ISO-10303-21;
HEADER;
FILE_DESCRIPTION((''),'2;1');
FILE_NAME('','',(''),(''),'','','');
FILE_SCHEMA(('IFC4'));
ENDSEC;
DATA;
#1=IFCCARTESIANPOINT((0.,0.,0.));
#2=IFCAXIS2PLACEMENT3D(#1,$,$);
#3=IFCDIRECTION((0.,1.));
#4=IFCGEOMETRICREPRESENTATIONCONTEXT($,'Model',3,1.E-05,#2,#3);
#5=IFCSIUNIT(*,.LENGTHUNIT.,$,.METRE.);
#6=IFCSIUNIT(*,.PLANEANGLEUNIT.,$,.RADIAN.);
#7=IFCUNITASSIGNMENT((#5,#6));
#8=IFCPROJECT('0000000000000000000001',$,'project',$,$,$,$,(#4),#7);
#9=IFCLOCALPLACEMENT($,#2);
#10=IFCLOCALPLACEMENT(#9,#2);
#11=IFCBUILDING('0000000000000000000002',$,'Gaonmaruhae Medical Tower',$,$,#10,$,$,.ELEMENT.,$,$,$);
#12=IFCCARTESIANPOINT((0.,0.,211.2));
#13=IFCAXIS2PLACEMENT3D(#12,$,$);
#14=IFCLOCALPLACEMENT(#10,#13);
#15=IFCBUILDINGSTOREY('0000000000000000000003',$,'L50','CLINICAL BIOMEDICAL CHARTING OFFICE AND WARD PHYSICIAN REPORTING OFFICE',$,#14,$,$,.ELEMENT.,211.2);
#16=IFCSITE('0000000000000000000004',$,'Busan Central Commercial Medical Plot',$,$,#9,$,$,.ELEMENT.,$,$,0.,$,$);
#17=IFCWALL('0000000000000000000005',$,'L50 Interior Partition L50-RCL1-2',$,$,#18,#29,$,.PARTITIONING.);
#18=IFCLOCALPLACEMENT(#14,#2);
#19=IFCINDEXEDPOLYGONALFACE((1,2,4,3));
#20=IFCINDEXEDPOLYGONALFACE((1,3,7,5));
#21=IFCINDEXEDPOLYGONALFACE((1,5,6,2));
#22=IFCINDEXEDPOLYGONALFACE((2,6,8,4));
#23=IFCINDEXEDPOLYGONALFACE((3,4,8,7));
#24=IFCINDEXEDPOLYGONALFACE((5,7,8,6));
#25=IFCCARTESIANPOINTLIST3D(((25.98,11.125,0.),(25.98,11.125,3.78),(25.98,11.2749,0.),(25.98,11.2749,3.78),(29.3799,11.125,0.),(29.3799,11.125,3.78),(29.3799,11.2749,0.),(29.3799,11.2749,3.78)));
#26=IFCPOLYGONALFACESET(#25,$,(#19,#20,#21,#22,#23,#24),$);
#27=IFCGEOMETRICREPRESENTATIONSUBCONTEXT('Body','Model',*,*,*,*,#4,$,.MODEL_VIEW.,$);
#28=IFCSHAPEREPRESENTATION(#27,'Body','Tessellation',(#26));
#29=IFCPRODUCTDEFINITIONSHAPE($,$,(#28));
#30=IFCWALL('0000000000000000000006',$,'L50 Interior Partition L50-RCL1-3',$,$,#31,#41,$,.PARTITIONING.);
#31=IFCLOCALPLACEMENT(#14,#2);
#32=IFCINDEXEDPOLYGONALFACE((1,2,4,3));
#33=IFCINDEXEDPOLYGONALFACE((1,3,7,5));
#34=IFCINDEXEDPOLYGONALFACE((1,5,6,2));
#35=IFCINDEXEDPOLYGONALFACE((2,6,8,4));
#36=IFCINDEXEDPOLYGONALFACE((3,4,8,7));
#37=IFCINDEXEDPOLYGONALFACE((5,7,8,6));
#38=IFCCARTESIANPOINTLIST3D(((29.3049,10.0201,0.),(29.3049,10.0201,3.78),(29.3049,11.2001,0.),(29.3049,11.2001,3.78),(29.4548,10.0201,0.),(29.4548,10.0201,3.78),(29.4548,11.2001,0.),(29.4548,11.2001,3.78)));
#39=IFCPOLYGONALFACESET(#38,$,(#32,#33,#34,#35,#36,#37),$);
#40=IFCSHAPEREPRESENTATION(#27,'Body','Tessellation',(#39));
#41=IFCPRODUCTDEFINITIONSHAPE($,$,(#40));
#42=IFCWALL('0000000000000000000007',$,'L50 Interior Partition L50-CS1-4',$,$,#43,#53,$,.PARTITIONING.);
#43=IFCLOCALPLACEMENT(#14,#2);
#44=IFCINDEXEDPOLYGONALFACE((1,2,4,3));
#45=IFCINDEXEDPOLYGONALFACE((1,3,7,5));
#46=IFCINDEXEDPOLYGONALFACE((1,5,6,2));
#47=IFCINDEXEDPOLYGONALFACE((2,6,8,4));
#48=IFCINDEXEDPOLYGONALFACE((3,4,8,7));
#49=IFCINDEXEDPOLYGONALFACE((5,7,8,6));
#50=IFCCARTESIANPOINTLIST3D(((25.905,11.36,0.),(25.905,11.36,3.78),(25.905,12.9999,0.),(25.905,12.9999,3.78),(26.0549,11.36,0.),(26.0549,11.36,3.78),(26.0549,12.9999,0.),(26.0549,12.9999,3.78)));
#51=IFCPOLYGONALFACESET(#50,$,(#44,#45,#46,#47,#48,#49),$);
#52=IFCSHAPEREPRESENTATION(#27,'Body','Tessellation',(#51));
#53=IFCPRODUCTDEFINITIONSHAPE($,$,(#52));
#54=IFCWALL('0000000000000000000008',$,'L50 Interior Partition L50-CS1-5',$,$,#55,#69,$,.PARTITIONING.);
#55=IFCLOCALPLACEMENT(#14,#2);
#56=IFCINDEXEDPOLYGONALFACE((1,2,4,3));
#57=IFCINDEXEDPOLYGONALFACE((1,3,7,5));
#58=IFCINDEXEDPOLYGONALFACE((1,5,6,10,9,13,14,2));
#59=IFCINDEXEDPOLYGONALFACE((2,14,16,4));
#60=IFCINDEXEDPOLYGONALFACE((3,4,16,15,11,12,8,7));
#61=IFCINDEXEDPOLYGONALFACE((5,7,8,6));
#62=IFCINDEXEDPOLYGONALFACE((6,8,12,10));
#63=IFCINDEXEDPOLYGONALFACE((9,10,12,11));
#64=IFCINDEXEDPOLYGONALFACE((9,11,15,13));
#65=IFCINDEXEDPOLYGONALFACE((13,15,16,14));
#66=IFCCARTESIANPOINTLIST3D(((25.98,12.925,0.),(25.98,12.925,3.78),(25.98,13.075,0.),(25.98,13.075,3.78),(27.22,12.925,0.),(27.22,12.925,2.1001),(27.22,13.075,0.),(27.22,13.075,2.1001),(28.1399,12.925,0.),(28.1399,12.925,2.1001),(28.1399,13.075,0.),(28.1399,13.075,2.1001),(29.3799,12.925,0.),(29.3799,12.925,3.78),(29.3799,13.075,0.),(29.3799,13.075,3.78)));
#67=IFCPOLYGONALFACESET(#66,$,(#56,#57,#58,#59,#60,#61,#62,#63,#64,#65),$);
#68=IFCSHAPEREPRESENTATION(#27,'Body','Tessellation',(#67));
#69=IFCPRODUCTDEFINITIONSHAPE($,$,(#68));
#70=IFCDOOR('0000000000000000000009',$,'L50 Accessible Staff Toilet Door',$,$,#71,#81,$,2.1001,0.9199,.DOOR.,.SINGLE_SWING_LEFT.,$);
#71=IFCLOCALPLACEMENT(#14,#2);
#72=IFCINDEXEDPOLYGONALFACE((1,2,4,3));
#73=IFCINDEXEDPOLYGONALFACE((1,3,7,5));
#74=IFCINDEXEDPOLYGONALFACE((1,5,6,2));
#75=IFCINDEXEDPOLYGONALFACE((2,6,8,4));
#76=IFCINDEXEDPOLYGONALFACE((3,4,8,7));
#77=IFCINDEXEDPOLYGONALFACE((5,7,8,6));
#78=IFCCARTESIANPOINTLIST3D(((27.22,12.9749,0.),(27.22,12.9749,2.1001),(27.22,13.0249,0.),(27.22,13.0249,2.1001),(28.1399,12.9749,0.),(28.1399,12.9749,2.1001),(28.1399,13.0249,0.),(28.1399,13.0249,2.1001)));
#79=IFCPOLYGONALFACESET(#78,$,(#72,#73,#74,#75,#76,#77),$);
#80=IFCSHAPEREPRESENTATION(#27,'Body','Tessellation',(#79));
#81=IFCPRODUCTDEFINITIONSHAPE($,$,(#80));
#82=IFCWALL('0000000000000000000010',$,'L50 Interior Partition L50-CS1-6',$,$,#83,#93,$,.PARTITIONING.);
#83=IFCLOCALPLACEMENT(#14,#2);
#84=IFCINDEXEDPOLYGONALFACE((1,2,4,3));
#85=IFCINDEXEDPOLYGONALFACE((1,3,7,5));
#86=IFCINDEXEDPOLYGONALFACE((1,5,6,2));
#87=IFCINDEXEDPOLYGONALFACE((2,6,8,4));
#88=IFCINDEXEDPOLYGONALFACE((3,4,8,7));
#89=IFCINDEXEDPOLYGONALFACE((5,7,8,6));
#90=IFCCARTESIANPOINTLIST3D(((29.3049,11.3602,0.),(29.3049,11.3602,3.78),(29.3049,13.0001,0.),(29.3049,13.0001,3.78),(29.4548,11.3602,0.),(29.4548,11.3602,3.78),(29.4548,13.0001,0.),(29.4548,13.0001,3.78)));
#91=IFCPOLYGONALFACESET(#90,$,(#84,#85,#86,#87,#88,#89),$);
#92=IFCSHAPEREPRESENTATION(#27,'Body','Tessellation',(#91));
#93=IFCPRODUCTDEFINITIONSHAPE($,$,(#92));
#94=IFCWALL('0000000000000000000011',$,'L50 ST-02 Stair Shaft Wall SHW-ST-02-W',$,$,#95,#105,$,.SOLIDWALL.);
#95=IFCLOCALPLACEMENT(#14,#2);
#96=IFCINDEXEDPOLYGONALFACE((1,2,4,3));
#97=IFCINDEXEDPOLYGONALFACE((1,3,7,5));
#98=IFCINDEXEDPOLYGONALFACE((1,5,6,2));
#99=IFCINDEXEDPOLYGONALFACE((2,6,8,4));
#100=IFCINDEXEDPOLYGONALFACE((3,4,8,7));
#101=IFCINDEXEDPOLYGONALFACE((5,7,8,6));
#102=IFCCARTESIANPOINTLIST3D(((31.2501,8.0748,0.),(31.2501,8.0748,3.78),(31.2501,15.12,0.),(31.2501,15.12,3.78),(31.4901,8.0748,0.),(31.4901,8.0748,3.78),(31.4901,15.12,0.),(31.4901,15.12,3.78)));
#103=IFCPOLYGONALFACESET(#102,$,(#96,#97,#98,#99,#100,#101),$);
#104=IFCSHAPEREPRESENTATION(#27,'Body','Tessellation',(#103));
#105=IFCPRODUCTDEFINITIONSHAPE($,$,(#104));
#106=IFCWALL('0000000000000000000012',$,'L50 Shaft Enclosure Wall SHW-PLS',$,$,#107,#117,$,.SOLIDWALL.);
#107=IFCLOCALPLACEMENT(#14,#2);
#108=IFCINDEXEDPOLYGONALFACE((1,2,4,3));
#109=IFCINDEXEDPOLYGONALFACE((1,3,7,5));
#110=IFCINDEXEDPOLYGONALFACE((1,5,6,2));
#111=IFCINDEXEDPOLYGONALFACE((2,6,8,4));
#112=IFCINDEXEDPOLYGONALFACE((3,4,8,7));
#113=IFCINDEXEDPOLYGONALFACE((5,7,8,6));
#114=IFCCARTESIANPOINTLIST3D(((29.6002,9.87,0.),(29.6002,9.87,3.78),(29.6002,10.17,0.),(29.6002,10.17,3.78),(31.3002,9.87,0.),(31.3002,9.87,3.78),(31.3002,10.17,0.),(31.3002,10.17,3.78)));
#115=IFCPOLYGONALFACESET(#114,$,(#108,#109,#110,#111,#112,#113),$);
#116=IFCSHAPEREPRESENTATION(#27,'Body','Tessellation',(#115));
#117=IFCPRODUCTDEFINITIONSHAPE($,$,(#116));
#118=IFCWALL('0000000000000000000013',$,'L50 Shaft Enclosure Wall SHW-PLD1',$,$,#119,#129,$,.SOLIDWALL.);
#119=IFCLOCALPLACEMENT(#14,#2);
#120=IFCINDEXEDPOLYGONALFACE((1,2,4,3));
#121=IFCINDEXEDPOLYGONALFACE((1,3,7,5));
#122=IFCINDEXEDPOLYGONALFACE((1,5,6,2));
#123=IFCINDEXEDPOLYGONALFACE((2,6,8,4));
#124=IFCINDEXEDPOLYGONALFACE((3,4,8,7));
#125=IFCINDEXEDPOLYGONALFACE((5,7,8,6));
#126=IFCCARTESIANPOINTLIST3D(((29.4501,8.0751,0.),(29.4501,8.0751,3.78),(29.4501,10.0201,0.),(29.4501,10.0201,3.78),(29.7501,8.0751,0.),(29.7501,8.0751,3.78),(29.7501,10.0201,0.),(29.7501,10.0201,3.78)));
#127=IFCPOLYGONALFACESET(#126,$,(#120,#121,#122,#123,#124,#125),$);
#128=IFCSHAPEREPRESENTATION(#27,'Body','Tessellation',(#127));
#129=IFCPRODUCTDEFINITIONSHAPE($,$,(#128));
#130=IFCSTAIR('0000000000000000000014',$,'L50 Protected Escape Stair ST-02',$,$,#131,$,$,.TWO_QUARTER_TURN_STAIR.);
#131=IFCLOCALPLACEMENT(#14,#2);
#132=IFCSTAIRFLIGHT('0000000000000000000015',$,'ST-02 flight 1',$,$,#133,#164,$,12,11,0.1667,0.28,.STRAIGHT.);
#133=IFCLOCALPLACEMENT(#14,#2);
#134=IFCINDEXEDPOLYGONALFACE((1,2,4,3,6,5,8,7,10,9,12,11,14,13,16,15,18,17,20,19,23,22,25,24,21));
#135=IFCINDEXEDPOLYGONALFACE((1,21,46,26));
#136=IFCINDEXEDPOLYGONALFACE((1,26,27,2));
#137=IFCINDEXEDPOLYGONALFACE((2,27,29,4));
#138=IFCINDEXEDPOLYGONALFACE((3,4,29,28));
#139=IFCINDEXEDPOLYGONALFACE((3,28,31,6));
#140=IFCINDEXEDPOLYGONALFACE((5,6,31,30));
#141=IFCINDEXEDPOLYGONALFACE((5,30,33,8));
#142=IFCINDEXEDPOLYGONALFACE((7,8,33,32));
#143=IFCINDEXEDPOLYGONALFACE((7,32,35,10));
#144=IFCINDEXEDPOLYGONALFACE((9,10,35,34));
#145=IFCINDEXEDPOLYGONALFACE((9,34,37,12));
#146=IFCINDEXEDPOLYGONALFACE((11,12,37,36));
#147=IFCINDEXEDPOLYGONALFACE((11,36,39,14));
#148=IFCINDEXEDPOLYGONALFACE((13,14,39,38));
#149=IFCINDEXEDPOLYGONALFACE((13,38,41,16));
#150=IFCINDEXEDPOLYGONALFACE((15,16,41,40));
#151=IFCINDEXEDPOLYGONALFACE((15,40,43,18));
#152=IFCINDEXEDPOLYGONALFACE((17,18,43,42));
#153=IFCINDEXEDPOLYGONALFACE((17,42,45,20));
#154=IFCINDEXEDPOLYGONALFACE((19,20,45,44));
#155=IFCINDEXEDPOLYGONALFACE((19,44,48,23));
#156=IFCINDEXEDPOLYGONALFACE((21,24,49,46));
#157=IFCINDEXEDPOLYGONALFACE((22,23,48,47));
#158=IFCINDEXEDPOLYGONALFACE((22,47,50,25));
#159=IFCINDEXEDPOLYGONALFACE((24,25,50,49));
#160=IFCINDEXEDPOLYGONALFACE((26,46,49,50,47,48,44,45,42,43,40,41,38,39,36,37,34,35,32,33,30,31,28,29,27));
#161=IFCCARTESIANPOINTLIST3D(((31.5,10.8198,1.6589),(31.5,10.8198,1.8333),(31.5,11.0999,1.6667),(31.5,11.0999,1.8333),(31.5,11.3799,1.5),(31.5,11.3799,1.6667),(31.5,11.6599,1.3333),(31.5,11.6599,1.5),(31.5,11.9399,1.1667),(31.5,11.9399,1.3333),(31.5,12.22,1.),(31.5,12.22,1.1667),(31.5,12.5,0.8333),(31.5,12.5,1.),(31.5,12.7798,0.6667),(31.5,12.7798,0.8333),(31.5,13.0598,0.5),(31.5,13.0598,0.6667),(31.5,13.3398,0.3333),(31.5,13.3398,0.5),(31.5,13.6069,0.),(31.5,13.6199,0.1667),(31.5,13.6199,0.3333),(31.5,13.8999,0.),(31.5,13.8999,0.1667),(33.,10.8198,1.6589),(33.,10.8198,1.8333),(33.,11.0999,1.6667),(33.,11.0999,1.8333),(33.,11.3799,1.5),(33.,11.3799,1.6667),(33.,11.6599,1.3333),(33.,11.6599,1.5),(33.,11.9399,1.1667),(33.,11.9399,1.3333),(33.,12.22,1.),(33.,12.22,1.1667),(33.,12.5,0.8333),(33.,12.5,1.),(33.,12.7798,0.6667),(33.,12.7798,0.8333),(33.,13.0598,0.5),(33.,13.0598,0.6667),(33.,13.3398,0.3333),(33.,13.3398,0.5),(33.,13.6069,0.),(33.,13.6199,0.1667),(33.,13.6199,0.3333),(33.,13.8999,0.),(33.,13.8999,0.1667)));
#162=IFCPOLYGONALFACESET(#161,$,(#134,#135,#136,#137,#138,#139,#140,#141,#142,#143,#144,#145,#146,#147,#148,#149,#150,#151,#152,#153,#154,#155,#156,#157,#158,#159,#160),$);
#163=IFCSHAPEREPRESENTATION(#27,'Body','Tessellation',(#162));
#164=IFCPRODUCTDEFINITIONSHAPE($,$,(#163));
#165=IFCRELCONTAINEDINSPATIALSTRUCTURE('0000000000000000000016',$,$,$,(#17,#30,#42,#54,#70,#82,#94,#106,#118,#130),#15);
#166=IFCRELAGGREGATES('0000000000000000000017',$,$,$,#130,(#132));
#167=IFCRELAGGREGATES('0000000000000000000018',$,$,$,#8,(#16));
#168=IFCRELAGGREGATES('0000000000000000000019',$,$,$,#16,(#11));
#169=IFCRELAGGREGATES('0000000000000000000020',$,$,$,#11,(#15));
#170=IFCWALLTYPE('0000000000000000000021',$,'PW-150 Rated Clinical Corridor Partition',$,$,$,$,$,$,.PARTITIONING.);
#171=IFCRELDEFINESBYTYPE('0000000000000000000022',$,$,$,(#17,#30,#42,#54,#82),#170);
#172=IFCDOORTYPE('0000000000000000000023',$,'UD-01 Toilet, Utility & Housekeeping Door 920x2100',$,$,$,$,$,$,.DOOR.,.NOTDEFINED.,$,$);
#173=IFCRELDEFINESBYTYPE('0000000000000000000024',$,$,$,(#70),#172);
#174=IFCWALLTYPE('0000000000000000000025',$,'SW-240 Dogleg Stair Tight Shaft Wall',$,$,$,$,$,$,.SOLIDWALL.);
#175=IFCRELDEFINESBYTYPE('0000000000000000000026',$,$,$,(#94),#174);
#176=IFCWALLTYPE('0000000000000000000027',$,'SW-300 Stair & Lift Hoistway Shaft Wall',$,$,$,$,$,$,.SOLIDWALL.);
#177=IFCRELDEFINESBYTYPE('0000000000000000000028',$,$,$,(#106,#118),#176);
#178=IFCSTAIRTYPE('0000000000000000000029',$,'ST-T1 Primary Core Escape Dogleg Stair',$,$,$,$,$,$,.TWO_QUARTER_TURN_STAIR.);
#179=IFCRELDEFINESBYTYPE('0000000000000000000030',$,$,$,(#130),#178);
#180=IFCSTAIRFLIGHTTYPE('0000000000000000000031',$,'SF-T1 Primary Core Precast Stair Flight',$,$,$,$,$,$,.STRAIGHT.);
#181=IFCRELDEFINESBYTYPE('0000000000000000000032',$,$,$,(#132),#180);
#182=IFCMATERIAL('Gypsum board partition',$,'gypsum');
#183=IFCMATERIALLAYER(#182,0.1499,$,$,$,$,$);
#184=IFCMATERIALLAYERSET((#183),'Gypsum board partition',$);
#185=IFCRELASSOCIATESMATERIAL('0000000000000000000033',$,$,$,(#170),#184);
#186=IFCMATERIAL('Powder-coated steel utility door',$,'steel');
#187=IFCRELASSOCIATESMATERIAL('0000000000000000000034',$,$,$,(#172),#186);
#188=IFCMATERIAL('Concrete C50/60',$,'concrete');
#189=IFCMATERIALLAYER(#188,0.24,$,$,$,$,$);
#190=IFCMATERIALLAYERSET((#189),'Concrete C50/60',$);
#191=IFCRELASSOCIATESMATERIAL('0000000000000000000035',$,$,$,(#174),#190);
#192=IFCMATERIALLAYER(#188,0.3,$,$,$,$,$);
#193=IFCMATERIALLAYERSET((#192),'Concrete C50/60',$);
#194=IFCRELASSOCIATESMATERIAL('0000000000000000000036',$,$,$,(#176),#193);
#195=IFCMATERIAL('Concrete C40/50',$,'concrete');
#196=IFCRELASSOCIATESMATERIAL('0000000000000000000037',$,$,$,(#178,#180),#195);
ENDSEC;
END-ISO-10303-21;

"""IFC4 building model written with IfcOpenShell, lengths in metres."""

from ifc_helpers import new_model, si_unit, direction, frame, frame_2d, origin, place, context, subcontext, project, spatial, polyline, rectangle, outline, extrude, material, layer, layer_set, type_object, element, fill, aggregate, save


model = new_model("IFC4")

# Units and contexts
model_context = context("Model", 3, precision=1e-05, world=origin(), true_north=direction((0.0, 1.0)))
body_context = subcontext(model_context, "Body", "Model", "MODEL_VIEW")
ifc_project = project(units=[si_unit("LENGTHUNIT", "METRE"), si_unit("PLANEANGLEUNIT", "RADIAN")], contexts=[model_context])

# Site, building, storey
site_placement = place(None, origin())
site = spatial("IfcSite", under=ifc_project, at=site_placement, Name="Busan Central Commercial Medical Plot", CompositionType="ELEMENT", RefElevation=0.0)
building_placement = place(site_placement, origin())
building = spatial("IfcBuilding", under=site, at=building_placement, Name="Gaonmaruhae Medical Tower", CompositionType="ELEMENT")
storey_placement = place(building_placement, frame((0.0, 0.0, 211.2)))
storey = spatial("IfcBuildingStorey", under=building, at=storey_placement, Name="L50", Description="CLINICAL BIOMEDICAL CHARTING OFFICE AND WARD PHYSICIAN REPORTING OFFICE", CompositionType="ELEMENT", Elevation=211.2)

# Shared definitions
ifc_material_1 = material(Name="Gypsum board partition", Category="gypsum")
ifc_layer_1 = layer(ifc_material_1, 0.1499)
ifc_layer_set_1 = layer_set([ifc_layer_1], Name="Gypsum board partition")
wall_type_1 = type_object("IfcWallType", Name="PW-150 Rated Clinical Corridor Partition", PredefinedType="PARTITIONING", material=ifc_layer_set_1)

# Walls
wall_1_placement = place(storey_placement, frame((25.98, 11.2, 0.0), z_axis=(0.0, 0.0, 1.0), x_axis=(1.0, 0.0, 0.0)))
element("IfcWall", 1, at=wall_1_placement, inside=storey, type_object=wall_type_1, Name="L50 Interior Partition L50-RCL1-2", PredefinedType="PARTITIONING", context=body_context, shape_type="SweptSolid", body=[
    extrude(rectangle(XDim=3.3999, YDim=0.1499, at=frame_2d((1.7, 0.0))), origin(), (0.0, 0.0, 1.0), 3.78),
])
wall_2_placement = place(storey_placement, frame((29.3799, 11.2, 0.0), z_axis=(0.0, 0.0, 1.0), x_axis=(0.0, -1.0, 0.0)))
element("IfcWall", 2, at=wall_2_placement, inside=storey, type_object=wall_type_1, Name="L50 Interior Partition L50-RCL1-3", PredefinedType="PARTITIONING", context=body_context, shape_type="SweptSolid", body=[
    extrude(rectangle(XDim=1.1799, YDim=0.1499, at=frame_2d((0.5898, 0.0))), origin(), (0.0, 0.0, 1.0), 3.78),
])
wall_3_placement = place(storey_placement, frame((25.98, 11.3601, 0.0), z_axis=(0.0, 0.0, 1.0), x_axis=(0.0, 1.0, 0.0)))
element("IfcWall", 3, at=wall_3_placement, inside=storey, type_object=wall_type_1, Name="L50 Interior Partition L50-CS1-4", PredefinedType="PARTITIONING", context=body_context, shape_type="SweptSolid", body=[
    extrude(rectangle(XDim=1.6399, YDim=0.1499, at=frame_2d((0.8198, 0.0))), origin(), (0.0, 0.0, 1.0), 3.78),
])

# Wall, opening, door
wall_4_placement = place(storey_placement, frame((25.98, 13.0, 0.0), z_axis=(0.0, 0.0, 1.0), x_axis=(1.0, 0.0, 0.0)))
wall_4 = element("IfcWall", 4, at=wall_4_placement, inside=storey, type_object=wall_type_1, Name="L50 Interior Partition L50-CS1-5", PredefinedType="PARTITIONING", context=body_context, shape_type="SweptSolid", body=[
    extrude(rectangle(XDim=3.3999, YDim=0.1499, at=frame_2d((1.7, 0.0))), origin(), (0.0, 0.0, 1.0), 3.78),
])
opening_1_placement = place(wall_4_placement, frame((1.24, 0.0, 0.0)))
opening_1 = element("IfcOpeningElement", 5, at=opening_1_placement, cuts=wall_4, PredefinedType="OPENING", context=body_context, shape_type="SweptSolid", body=[
    extrude(rectangle(XDim=0.9199, YDim=2.1001, at=frame_2d((0.46, 1.05))), frame((0.0, 0.085, 0.0), z_axis=(0.0, -1.0, 0.0), x_axis=(1.0, 0.0, 0.0)), (0.0, 0.0, 1.0), 0.1699),
])
ifc_material_2 = material(Name="Powder-coated steel utility door", Category="steel")
door_type_1 = type_object("IfcDoorType", Name="UD-01 Toilet, Utility & Housekeeping Door 920x2100", OperationType="NOTDEFINED", PredefinedType="DOOR", material=ifc_material_2)
door_1_placement = place(opening_1_placement, origin())
door_1 = element("IfcDoor", 6, at=door_1_placement, inside=storey, type_object=door_type_1, Name="L50 Accessible Staff Toilet Door", OperationType="SINGLE_SWING_LEFT", OverallHeight=2.1001, OverallWidth=0.9199, PredefinedType="DOOR", context=body_context, shape_type="SweptSolid", body=[
    extrude(rectangle(XDim=0.9199, YDim=2.1001, at=frame_2d((0.46, 1.05))), frame((0.0, 0.0249, 0.0), z_axis=(0.0, -1.0, 0.0), x_axis=(1.0, 0.0, 0.0)), (0.0, 0.0, 1.0), 0.05),
])
fill(opening_1, door_1)

# Wall
wall_5_placement = place(storey_placement, frame((29.3799, 13.0, 0.0), z_axis=(0.0, 0.0, 1.0), x_axis=(0.0, -1.0, 0.0)))
element("IfcWall", 7, at=wall_5_placement, inside=storey, type_object=wall_type_1, Name="L50 Interior Partition L50-CS1-6", PredefinedType="PARTITIONING", context=body_context, shape_type="SweptSolid", body=[
    extrude(rectangle(XDim=1.6399, YDim=0.1499, at=frame_2d((0.8198, 0.0))), origin(), (0.0, 0.0, 1.0), 3.78),
])

# Shared definitions
ifc_material_3 = material(Name="Concrete C50/60", Category="concrete")
ifc_layer_2 = layer(ifc_material_3, 0.24)
ifc_layer_set_2 = layer_set([ifc_layer_2], Name="Concrete C50/60")
wall_type_2 = type_object("IfcWallType", Name="SW-240 Dogleg Stair Tight Shaft Wall", PredefinedType="SOLIDWALL", material=ifc_layer_set_2)

# Walls
wall_6_placement = place(storey_placement, frame((31.3701, 8.075, 0.0), z_axis=(0.0, 0.0, 1.0), x_axis=(0.0, 1.0, 0.0)))
element("IfcWall", 8, at=wall_6_placement, inside=storey, type_object=wall_type_2, Name="L50 ST-02 Stair Shaft Wall SHW-ST-02-W", PredefinedType="SOLIDWALL", context=body_context, shape_type="SweptSolid", body=[
    extrude(rectangle(XDim=7.0452, YDim=0.24, at=frame_2d((3.5225, 0.0))), origin(), (0.0, 0.0, 1.0), 3.78),
])
ifc_layer_3 = layer(ifc_material_3, 0.3)
ifc_layer_set_3 = layer_set([ifc_layer_3], Name="Concrete C50/60")
wall_type_3 = type_object("IfcWallType", Name="SW-300 Stair & Lift Hoistway Shaft Wall", PredefinedType="SOLIDWALL", material=ifc_layer_set_3)
wall_7_placement = place(storey_placement, frame((29.6001, 10.02, 0.0), z_axis=(0.0, 0.0, 1.0), x_axis=(1.0, 0.0, 0.0)))
element("IfcWall", 9, at=wall_7_placement, inside=storey, type_object=wall_type_3, Name="L50 Shaft Enclosure Wall SHW-PLS", PredefinedType="SOLIDWALL", context=body_context, shape_type="SweptSolid", body=[
    extrude(rectangle(XDim=1.7, YDim=0.3, at=frame_2d((0.8501, 0.0))), origin(), (0.0, 0.0, 1.0), 3.78),
])
wall_8_placement = place(storey_placement, frame((29.6001, 8.075, 0.0), z_axis=(0.0, 0.0, 1.0), x_axis=(0.0, 1.0, 0.0)))
element("IfcWall", 10, at=wall_8_placement, inside=storey, type_object=wall_type_3, Name="L50 Shaft Enclosure Wall SHW-PLD1", PredefinedType="SOLIDWALL", context=body_context, shape_type="SweptSolid", body=[
    extrude(rectangle(XDim=1.9451, YDim=0.3, at=frame_2d((0.9727, 0.0))), origin(), (0.0, 0.0, 1.0), 3.78),
])

# Stair, stair flight
ifc_material_4 = material(Name="Concrete C40/50", Category="concrete")
stair_type = type_object("IfcStairType", Name="ST-T1 Primary Core Escape Dogleg Stair", PredefinedType="TWO_QUARTER_TURN_STAIR", material=ifc_material_4)
stair_placement = place(storey_placement, origin())
stair = element("IfcStair", 11, at=stair_placement, inside=storey, type_object=stair_type, Name="L50 Protected Escape Stair ST-02", PredefinedType="TWO_QUARTER_TURN_STAIR")
stair_flight_type = type_object("IfcStairFlightType", Name="SF-T1 Primary Core Precast Stair Flight", PredefinedType="STRAIGHT", material=ifc_material_4)
stair_flight_placement = place(storey_placement, frame((32.25, 13.8999, 0.0), z_axis=(0.0, 0.0, 1.0), x_axis=(0.0, -1.0, 0.0)))
stair_flight = element("IfcStairFlight", 12, at=stair_flight_placement, type_object=stair_flight_type, Name="ST-02 flight 1", NumberOfRisers=12, NumberOfTreads=11, PredefinedType="STRAIGHT", RiserHeight=0.1667, TreadLength=0.28, context=body_context, shape_type="SweptSolid", body=[
    extrude(outline(polyline([(0.0, 0.0), (0.0, 0.1667), (0.28, 0.1667), (0.28, 0.3333), (0.5601, 0.3333), (0.5601, 0.5), (0.8401, 0.5), (0.8401, 0.6667), (1.1201, 0.6667), (1.1201, 0.8333), (1.3999, 0.8333), (1.3999, 1.0), (1.6799, 1.0), (1.6799, 1.1667), (1.96, 1.1667), (1.96, 1.3333), (2.24, 1.3333), (2.24, 1.5), (2.52, 1.5), (2.52, 1.6667), (2.8, 1.6667), (2.8, 1.8333), (3.0801, 1.8333), (3.0801, 2.0), (3.0801, 1.6589), (0.293, 0.0), (0.0, 0.0)])), frame((0.0, 0.75, 0.0), z_axis=(0.0, -1.0, 0.0), x_axis=(1.0, 0.0, 0.0)), (0.0, 0.0, 1.0), 1.5),
])
aggregate(stair, [stair_flight])

save(model, "model.ifc")
